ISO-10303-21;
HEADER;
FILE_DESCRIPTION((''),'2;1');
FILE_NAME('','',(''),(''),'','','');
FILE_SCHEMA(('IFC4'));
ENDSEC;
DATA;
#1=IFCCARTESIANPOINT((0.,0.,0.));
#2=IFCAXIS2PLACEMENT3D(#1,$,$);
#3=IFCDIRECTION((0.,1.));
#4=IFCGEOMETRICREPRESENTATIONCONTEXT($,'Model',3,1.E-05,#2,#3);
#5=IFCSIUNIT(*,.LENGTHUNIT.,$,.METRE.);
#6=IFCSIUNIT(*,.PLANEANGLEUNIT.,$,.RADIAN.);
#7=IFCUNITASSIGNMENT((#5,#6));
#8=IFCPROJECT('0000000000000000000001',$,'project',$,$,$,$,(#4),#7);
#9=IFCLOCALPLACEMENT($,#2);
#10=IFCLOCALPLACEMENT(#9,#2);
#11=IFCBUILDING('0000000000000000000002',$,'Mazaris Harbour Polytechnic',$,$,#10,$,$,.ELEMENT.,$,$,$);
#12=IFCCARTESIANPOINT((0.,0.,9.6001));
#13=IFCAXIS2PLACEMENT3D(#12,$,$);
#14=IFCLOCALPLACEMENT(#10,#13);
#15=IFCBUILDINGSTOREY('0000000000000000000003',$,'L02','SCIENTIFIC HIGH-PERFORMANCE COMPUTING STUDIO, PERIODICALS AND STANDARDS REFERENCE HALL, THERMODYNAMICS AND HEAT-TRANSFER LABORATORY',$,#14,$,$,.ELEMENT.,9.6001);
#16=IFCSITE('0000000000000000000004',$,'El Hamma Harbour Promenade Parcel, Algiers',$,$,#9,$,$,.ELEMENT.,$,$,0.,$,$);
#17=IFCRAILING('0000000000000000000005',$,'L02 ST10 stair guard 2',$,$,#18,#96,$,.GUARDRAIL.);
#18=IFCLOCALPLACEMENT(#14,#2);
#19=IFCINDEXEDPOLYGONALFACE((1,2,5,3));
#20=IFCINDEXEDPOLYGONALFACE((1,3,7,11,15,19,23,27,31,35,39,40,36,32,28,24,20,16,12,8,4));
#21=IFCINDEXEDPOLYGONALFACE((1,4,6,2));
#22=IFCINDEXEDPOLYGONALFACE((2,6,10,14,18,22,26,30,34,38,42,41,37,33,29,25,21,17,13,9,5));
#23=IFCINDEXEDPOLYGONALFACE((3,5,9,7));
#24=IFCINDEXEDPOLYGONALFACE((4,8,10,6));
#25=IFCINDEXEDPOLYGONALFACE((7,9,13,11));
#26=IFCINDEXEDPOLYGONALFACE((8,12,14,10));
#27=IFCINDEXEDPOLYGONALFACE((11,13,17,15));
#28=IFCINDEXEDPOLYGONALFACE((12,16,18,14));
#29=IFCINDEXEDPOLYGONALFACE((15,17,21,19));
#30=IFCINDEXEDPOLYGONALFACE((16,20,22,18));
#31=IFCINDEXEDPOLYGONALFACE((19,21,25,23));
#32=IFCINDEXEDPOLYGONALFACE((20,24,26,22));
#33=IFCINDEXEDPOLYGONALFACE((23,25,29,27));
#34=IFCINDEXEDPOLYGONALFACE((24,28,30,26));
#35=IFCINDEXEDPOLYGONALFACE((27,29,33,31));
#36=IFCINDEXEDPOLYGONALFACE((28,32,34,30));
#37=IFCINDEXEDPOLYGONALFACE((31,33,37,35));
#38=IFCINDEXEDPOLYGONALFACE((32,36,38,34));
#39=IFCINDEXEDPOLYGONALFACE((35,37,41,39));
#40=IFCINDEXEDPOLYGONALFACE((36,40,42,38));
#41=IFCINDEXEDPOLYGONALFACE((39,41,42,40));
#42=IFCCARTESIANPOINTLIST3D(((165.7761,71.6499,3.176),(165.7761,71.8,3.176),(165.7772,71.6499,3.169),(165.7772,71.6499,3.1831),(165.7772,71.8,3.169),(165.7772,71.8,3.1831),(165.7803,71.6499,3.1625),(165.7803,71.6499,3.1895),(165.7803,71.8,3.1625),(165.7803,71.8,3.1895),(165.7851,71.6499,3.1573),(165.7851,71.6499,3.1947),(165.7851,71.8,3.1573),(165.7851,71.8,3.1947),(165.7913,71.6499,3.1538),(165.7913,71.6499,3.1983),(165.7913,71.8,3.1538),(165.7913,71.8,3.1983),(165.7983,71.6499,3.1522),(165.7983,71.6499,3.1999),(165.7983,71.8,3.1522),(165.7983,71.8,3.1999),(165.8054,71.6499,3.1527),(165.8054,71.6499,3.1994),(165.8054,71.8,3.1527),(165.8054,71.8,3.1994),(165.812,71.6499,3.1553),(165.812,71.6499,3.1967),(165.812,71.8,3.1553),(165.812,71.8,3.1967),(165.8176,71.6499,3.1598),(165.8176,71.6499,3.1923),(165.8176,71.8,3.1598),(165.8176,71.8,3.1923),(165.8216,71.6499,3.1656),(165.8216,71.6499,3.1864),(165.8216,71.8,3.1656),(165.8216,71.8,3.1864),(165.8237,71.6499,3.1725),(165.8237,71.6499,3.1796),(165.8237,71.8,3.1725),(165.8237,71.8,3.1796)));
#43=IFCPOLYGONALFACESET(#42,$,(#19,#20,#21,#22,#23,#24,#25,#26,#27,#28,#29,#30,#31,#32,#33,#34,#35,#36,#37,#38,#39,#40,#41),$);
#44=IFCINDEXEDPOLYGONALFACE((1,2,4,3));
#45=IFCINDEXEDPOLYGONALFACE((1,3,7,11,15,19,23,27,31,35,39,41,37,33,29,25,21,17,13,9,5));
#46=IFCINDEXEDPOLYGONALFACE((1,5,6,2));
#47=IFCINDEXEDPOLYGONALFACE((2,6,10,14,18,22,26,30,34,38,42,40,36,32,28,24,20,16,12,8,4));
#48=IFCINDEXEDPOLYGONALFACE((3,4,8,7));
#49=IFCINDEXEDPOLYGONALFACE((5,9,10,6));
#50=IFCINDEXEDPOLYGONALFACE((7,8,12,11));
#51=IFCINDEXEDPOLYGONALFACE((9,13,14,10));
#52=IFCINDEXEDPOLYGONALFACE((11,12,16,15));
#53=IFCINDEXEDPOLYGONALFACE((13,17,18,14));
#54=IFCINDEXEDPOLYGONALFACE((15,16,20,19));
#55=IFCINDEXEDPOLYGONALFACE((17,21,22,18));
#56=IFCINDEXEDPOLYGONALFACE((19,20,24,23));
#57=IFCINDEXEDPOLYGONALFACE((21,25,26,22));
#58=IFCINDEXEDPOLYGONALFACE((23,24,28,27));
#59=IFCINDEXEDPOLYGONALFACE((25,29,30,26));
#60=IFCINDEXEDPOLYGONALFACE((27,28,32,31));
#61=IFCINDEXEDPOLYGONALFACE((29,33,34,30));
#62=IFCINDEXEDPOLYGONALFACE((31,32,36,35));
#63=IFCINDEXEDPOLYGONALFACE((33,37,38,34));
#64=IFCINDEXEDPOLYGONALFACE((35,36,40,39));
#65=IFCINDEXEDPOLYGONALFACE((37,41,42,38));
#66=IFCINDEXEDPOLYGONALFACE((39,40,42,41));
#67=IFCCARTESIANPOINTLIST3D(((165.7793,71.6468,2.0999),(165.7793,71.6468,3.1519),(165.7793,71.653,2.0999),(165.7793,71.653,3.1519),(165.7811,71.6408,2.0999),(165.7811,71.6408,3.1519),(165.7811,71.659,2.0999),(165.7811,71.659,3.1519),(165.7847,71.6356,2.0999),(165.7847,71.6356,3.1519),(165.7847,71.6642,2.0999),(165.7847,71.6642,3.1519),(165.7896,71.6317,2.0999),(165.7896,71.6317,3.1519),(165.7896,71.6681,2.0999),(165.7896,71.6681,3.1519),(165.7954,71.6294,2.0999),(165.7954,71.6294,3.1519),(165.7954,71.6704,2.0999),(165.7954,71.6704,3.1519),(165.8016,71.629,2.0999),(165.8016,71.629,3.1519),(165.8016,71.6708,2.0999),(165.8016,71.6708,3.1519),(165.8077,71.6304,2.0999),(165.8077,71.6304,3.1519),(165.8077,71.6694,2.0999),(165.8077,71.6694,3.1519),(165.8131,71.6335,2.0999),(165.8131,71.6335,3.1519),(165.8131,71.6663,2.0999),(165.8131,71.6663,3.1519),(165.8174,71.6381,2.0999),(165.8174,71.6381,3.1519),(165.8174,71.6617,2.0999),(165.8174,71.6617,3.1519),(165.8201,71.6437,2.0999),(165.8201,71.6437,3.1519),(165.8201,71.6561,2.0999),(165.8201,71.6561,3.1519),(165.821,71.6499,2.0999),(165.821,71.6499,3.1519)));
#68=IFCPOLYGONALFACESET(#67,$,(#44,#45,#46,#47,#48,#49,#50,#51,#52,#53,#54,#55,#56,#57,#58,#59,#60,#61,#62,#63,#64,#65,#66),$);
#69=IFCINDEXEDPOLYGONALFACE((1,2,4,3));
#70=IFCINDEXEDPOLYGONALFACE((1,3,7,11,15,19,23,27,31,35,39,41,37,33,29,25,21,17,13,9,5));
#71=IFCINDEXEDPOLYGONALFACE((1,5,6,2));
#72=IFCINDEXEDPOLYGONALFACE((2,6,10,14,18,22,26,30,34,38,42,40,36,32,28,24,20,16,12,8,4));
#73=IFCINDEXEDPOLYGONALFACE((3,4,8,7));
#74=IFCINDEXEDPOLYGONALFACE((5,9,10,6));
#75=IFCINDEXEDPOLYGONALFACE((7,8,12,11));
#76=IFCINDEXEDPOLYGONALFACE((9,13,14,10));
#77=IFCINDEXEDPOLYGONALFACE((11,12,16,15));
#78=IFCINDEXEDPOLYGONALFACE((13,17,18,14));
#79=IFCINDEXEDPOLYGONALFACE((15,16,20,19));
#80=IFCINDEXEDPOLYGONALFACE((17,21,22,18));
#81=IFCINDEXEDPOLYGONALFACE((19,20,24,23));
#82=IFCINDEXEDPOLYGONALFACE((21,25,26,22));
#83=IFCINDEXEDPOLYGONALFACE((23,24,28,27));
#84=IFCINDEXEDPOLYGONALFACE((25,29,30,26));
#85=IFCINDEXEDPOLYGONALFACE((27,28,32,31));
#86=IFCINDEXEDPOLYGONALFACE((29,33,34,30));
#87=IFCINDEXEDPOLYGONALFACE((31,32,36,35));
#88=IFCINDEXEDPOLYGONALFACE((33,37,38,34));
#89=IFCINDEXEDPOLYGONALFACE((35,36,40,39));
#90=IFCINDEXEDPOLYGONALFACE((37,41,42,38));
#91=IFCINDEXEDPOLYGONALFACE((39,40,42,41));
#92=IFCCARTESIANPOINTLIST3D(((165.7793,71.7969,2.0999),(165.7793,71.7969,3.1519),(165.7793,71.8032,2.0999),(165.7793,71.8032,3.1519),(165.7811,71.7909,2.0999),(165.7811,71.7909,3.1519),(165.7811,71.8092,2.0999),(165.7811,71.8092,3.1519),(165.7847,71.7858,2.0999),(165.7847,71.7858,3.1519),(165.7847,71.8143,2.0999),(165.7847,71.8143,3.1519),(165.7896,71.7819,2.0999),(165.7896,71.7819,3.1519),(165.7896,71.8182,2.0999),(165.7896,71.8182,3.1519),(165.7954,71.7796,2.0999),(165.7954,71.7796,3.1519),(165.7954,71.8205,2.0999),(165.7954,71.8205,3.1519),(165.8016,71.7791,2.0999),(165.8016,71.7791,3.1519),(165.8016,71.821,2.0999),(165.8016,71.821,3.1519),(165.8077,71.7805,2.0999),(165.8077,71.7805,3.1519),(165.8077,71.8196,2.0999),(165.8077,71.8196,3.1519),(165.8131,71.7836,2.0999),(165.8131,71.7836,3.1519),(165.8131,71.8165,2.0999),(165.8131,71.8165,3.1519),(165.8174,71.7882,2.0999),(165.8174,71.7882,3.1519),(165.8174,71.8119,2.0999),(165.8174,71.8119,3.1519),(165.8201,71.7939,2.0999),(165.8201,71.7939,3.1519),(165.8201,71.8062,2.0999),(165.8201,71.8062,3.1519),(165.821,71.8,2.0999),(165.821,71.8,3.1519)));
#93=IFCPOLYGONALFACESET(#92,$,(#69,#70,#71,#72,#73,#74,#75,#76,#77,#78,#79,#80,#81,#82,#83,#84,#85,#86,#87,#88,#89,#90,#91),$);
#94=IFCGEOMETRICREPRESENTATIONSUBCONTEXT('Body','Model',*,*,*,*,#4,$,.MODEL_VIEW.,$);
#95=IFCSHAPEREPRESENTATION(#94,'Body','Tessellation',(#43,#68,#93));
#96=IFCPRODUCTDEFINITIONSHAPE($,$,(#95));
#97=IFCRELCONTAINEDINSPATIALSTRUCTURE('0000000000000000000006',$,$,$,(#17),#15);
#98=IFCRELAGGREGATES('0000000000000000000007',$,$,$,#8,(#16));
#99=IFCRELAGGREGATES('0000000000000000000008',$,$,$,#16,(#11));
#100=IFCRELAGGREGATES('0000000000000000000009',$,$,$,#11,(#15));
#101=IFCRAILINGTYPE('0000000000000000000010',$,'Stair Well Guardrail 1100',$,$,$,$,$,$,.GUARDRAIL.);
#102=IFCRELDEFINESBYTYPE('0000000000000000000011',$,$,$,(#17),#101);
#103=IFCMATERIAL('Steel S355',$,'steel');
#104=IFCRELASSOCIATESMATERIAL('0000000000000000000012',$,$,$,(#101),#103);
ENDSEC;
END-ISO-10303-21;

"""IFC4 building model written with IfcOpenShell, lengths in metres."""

from ifc_helpers import new_model, si_unit, direction, frame, origin, origin_2d, place, context, subcontext, project, spatial, circle, extrude, material, type_object, element, save


model = new_model("IFC4")

# Units and contexts
model_context = context("Model", 3, precision=1e-05, world=origin(), true_north=direction((0.0, 1.0)))
body_context = subcontext(model_context, "Body", "Model", "MODEL_VIEW")
ifc_project = project(units=[si_unit("LENGTHUNIT", "METRE"), si_unit("PLANEANGLEUNIT", "RADIAN")], contexts=[model_context])

# Site, building, storey
site_placement = place(None, origin())
site = spatial("IfcSite", under=ifc_project, at=site_placement, Name="El Hamma Harbour Promenade Parcel, Algiers", CompositionType="ELEMENT", RefElevation=0.0)
building_placement = place(site_placement, origin())
building = spatial("IfcBuilding", under=site, at=building_placement, Name="Mazaris Harbour Polytechnic", CompositionType="ELEMENT")
storey_placement = place(building_placement, frame((0.0, 0.0, 9.6001)))
storey = spatial("IfcBuildingStorey", under=building, at=storey_placement, Name="L02", Description="SCIENTIFIC HIGH-PERFORMANCE COMPUTING STUDIO, PERIODICALS AND STANDARDS REFERENCE HALL, THERMODYNAMICS AND HEAT-TRANSFER LABORATORY", CompositionType="ELEMENT", Elevation=9.6001)

# Railing
ifc_material_1 = material(Name="Steel S355", Category="steel")
railing_type_1 = type_object("IfcRailingType", Name="Stair Well Guardrail 1100", PredefinedType="GUARDRAIL", material=ifc_material_1)
railing_1_placement = place(storey_placement, frame((165.8, 71.6499, 2.0999)))
element("IfcRailing", 1, at=railing_1_placement, inside=storey, type_object=railing_type_1, Name="L02 ST10 stair guard 2", PredefinedType="GUARDRAIL", context=body_context, shape_type="SweptSolid", body=[
    extrude(circle(Radius=0.0239, at=origin_2d()), frame((0.0, 0.0, 1.0762), z_axis=(0.0, 1.0, 0.0), x_axis=(-1.0, 0.0, 0.0)), (0.0, 0.0, 1.0), 0.1501),
    extrude(circle(Radius=0.021, at=origin_2d()), origin(), (0.0, 0.0, 1.0), 1.052),
    extrude(circle(Radius=0.021, at=origin_2d()), frame((0.0, 0.1501, 0.0)), (0.0, 0.0, 1.0), 1.052),
])

save(model, "model.ifc")
